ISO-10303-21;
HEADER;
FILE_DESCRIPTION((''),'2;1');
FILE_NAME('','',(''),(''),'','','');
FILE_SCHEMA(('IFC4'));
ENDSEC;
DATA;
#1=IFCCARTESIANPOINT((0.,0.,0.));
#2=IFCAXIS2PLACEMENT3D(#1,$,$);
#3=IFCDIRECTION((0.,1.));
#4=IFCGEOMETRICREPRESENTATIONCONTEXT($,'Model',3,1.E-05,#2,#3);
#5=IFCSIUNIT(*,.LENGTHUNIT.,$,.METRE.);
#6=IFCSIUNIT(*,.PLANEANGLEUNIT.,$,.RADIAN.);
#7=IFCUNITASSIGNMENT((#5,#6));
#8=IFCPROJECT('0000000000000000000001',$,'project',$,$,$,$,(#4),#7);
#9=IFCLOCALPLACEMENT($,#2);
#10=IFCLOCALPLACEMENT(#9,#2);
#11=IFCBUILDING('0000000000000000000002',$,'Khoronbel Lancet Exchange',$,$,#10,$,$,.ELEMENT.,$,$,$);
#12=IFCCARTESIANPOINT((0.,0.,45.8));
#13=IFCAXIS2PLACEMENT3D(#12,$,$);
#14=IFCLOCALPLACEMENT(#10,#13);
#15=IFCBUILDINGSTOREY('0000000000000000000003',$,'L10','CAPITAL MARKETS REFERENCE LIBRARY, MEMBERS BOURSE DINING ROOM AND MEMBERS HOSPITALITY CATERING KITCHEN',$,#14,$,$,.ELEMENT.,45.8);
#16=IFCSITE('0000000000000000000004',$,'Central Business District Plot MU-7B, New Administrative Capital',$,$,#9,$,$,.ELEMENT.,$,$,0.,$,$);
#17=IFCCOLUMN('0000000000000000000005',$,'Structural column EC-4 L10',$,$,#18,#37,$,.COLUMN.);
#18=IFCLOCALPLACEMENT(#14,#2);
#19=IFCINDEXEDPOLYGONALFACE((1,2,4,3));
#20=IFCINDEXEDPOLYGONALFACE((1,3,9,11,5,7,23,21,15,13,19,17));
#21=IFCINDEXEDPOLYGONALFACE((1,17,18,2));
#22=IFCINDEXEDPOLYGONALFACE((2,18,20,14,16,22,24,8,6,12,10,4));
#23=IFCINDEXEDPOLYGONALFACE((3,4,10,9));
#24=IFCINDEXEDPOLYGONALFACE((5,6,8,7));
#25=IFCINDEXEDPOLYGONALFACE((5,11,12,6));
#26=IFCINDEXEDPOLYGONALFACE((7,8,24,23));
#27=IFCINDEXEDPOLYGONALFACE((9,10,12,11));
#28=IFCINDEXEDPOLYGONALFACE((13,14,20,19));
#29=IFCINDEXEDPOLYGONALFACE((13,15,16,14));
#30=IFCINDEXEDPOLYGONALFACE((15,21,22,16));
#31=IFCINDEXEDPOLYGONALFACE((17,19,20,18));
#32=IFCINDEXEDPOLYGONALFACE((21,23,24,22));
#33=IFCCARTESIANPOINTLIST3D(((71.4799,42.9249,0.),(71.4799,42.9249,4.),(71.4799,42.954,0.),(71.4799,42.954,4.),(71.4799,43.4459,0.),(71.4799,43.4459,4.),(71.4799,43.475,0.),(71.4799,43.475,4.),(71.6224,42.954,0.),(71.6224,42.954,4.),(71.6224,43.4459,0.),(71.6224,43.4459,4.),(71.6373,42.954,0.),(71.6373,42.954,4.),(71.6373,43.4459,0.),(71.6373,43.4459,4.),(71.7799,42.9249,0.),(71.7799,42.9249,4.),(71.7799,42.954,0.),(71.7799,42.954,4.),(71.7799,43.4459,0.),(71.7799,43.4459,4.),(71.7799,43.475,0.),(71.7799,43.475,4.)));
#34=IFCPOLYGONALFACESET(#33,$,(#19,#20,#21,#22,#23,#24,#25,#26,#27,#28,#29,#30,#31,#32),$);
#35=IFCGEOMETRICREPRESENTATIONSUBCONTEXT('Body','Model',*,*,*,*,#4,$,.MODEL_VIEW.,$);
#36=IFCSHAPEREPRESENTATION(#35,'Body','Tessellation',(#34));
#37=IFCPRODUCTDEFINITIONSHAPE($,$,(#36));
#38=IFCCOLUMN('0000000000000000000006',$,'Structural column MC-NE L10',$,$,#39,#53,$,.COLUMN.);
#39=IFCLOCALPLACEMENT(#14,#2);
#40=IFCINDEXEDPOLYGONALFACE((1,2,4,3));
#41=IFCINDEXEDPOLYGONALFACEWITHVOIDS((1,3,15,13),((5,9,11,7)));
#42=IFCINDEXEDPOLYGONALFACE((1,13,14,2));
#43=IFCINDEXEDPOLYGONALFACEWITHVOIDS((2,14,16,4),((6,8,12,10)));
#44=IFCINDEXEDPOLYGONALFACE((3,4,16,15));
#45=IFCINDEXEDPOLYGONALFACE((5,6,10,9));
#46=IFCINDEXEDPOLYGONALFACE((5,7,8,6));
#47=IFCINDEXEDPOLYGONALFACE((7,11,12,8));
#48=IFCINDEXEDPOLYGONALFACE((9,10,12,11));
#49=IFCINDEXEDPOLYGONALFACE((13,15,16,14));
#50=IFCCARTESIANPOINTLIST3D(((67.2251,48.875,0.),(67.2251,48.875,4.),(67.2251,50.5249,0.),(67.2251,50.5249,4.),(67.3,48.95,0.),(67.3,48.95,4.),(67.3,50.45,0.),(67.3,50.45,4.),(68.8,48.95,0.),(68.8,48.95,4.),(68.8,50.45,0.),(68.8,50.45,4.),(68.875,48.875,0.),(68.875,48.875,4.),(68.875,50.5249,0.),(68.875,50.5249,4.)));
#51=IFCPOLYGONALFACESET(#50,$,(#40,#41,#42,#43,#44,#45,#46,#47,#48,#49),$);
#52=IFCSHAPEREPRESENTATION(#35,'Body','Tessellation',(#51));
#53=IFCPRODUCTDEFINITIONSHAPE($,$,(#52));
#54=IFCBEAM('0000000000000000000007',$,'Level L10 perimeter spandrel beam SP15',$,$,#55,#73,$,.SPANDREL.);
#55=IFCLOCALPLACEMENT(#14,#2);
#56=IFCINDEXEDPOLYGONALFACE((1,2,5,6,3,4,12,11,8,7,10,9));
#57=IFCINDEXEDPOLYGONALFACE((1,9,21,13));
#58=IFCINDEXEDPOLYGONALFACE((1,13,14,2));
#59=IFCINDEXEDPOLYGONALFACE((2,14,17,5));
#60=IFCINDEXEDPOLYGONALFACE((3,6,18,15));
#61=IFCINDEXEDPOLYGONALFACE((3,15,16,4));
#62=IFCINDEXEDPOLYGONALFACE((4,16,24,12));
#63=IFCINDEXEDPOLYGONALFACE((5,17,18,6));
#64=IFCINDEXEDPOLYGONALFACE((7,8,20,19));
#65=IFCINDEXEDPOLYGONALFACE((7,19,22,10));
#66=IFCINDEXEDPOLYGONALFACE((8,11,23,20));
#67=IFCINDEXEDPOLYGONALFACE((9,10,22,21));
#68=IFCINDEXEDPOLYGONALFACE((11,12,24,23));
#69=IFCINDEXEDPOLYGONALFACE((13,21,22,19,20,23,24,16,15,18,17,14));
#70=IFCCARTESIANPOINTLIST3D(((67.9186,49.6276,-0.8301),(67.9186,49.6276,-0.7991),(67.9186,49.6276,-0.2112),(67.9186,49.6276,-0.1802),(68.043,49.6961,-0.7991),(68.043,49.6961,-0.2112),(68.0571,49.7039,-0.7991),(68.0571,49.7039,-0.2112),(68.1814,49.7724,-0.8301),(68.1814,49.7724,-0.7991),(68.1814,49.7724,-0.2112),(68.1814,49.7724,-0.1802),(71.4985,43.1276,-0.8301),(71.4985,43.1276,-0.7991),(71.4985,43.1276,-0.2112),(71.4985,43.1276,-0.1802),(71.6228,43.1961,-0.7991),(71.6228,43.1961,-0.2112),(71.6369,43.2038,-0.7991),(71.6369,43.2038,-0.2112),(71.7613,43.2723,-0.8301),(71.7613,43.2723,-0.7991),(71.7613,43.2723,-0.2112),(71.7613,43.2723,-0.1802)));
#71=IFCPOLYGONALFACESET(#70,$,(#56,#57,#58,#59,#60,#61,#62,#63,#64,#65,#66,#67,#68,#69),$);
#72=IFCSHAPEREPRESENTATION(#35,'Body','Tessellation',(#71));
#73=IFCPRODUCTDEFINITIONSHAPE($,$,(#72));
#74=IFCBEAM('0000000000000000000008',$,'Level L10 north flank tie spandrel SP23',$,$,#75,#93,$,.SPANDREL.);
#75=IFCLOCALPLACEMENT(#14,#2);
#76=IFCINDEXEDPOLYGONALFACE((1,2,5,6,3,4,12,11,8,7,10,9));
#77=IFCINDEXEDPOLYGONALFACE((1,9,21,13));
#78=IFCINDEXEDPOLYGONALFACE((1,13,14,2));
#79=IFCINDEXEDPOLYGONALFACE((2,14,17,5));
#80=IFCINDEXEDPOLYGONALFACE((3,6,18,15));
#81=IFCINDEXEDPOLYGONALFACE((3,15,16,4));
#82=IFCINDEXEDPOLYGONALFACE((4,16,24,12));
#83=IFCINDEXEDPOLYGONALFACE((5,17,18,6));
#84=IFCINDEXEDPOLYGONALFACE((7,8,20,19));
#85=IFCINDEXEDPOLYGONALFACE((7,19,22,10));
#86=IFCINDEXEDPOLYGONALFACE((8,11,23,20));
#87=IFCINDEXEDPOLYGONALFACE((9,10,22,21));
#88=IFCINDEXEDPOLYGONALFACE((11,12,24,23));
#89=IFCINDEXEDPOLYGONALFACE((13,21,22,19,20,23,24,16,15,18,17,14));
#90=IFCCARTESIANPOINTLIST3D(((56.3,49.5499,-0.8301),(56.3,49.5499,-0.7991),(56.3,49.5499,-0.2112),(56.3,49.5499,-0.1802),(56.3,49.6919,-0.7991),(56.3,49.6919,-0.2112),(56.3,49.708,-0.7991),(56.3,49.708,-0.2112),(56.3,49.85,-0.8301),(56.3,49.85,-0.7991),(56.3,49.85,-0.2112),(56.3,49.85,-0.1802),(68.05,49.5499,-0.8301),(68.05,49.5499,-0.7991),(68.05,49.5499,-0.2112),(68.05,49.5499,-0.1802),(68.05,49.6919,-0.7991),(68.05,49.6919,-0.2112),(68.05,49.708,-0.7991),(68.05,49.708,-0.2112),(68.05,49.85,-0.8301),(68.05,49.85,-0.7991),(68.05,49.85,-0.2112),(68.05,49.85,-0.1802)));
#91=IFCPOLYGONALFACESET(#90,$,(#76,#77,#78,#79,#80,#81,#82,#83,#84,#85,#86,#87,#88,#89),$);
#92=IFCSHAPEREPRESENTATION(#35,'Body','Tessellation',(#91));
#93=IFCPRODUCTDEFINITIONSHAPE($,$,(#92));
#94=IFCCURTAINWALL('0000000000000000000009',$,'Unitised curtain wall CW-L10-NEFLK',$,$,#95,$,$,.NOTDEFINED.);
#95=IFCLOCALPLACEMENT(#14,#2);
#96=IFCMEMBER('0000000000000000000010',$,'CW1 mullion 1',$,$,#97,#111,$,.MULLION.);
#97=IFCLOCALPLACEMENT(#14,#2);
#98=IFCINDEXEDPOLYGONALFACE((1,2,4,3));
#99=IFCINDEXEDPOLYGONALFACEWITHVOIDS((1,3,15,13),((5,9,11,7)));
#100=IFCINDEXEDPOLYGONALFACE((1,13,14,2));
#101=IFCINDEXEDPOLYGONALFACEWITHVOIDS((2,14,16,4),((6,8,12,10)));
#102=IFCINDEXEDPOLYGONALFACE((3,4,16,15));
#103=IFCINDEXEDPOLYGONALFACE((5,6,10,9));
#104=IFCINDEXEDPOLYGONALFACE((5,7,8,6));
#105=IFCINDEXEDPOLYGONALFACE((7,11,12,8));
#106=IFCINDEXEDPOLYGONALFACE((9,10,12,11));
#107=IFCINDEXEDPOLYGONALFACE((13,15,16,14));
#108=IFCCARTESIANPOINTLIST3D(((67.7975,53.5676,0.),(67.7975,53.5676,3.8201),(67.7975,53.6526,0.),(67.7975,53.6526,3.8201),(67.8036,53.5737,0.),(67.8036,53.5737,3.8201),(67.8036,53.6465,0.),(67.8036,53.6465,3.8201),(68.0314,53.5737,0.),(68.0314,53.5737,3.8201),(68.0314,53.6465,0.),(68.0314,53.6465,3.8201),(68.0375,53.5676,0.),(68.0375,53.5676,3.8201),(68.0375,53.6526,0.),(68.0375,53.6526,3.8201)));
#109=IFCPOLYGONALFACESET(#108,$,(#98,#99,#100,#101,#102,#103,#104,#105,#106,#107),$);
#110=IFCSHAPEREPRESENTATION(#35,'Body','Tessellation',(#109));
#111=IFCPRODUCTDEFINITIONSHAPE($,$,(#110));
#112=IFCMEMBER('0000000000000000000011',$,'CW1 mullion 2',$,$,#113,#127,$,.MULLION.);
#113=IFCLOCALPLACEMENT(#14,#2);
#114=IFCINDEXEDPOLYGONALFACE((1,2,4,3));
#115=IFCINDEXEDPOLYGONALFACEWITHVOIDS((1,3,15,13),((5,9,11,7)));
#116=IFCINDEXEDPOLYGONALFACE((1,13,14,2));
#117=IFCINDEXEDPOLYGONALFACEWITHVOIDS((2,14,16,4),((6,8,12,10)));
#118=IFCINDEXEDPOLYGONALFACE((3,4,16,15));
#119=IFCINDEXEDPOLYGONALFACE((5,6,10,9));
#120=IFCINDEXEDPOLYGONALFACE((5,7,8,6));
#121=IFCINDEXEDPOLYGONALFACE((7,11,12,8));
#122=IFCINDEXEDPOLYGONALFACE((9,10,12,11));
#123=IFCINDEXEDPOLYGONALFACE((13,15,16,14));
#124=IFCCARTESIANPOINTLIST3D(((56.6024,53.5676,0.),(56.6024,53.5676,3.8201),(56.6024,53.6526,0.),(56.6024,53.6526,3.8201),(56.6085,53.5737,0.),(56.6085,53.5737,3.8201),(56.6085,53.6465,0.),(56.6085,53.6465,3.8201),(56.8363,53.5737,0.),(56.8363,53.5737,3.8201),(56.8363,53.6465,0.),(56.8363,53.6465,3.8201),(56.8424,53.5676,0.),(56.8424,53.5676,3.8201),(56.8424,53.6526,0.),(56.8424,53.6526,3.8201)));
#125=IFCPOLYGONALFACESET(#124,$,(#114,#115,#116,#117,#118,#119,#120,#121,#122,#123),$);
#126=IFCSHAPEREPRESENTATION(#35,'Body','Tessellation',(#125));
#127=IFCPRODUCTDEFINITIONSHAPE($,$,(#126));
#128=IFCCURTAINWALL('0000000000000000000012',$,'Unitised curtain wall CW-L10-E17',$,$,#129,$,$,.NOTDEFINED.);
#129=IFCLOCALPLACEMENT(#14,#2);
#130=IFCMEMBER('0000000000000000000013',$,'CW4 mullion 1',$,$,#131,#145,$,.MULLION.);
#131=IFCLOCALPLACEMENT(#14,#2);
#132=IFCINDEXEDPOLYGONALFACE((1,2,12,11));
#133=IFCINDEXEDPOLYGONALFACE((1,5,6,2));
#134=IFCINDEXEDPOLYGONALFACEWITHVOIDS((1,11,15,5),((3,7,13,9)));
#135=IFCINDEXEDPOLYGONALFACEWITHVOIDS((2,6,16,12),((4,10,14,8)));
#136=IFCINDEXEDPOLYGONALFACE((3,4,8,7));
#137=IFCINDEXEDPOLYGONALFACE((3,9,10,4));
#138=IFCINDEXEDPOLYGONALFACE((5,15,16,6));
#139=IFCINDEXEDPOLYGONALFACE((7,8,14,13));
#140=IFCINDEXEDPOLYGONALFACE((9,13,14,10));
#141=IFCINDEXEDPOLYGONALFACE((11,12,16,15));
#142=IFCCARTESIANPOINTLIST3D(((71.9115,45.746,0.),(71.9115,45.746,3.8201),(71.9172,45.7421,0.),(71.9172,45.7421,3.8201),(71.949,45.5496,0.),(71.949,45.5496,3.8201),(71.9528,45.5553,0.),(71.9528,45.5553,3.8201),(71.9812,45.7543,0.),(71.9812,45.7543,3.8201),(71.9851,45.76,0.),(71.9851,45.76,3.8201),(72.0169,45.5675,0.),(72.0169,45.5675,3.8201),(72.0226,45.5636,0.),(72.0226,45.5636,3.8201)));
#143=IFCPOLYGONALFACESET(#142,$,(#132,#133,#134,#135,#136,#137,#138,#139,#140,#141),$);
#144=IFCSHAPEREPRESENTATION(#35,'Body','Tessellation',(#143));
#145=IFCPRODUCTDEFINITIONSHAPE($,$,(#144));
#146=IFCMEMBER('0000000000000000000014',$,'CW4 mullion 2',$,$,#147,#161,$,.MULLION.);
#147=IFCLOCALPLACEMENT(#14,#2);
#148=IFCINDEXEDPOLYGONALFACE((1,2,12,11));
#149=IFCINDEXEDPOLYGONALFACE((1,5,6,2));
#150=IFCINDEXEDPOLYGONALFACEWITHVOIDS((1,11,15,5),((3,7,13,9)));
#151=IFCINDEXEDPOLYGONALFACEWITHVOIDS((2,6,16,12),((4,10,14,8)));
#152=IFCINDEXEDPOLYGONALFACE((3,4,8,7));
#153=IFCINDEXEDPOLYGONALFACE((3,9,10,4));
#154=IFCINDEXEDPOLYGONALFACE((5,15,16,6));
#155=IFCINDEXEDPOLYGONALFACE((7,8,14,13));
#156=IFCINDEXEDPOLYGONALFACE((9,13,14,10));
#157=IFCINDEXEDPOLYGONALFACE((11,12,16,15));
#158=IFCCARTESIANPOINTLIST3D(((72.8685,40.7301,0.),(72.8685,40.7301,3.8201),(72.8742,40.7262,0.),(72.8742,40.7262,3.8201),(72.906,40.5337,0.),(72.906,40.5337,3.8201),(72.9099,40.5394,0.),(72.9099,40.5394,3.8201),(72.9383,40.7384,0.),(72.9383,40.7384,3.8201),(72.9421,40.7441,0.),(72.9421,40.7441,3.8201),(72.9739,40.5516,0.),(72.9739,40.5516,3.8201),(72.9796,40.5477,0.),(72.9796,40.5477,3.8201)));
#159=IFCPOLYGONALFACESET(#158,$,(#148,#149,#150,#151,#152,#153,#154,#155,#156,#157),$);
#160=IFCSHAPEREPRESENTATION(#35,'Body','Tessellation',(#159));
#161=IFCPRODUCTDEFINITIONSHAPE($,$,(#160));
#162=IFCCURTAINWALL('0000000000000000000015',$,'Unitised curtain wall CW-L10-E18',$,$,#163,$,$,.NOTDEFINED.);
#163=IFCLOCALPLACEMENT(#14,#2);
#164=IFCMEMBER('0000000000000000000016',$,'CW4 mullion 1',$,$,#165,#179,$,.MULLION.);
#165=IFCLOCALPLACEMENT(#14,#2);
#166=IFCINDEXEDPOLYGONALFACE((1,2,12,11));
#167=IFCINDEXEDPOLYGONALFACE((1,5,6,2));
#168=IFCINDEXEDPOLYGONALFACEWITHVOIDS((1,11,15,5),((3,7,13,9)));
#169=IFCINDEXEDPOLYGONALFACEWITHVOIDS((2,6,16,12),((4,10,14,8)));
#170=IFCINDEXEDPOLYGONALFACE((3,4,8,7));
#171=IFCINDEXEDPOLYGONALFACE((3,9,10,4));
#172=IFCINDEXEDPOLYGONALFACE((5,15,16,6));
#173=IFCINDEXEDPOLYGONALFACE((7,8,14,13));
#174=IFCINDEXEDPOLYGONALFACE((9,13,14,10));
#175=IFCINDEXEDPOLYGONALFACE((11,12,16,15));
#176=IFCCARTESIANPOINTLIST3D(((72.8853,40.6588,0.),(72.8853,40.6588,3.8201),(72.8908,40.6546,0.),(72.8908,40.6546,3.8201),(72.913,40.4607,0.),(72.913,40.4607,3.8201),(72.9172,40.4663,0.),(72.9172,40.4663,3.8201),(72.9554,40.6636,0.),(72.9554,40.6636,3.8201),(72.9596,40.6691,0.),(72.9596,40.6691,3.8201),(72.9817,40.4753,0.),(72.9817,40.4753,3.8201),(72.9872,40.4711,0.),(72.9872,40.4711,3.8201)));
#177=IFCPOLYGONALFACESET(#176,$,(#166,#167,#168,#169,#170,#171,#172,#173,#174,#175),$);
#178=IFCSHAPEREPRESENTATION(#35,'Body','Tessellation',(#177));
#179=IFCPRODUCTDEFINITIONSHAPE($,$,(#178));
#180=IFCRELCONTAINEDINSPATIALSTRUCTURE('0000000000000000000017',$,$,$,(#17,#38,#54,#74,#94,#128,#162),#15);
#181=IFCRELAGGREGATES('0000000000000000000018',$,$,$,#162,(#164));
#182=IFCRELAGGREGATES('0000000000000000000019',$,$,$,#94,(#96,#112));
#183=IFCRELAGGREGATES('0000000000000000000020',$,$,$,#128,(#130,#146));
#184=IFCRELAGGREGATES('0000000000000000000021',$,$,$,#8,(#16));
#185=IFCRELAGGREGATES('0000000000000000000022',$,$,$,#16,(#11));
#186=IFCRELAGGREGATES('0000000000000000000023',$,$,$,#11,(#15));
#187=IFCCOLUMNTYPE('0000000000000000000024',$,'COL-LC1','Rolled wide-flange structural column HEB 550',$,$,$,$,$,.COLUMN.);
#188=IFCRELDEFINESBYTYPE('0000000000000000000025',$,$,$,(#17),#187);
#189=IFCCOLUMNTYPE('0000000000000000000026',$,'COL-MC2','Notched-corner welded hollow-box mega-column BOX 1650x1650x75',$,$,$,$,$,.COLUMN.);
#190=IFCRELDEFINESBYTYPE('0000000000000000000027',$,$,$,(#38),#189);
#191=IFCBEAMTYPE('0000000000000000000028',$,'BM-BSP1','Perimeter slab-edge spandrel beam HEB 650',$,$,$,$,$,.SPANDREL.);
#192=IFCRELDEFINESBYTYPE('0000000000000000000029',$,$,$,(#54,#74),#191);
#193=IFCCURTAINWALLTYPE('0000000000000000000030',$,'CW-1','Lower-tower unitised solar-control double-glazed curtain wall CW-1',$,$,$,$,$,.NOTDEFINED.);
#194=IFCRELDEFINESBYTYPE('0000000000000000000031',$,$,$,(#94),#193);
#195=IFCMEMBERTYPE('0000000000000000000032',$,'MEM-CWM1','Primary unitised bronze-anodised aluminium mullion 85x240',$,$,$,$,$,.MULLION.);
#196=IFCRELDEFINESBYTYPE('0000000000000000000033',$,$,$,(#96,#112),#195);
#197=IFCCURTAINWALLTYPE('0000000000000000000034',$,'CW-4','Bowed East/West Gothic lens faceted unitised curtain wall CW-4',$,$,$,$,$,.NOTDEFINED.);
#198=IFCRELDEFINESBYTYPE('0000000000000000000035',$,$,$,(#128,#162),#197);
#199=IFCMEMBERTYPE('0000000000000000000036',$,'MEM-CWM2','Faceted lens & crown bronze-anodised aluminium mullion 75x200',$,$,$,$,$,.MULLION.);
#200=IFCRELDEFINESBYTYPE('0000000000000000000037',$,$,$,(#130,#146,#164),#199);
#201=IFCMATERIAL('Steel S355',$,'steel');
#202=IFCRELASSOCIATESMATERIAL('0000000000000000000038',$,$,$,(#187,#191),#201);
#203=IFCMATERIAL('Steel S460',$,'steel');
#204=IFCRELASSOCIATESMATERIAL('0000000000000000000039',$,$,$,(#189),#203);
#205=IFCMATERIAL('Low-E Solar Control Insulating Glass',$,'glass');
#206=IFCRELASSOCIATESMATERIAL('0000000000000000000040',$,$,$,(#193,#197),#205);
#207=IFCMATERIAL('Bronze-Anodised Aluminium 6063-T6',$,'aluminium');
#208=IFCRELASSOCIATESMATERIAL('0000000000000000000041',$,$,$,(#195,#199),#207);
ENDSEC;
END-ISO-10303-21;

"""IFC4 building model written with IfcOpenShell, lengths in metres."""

from ifc_helpers import new_model, si_unit, direction, frame, origin, origin_2d, place, context, subcontext, project, spatial, hollow_rectangle, i_section, extrude, material, material_profile, profile_set, type_object, element, aggregate, save


model = new_model("IFC4")

# Units and contexts
model_context = context("Model", 3, precision=1e-05, world=origin(), true_north=direction((0.0, 1.0)))
body_context = subcontext(model_context, "Body", "Model", "MODEL_VIEW")
ifc_project = project(units=[si_unit("LENGTHUNIT", "METRE"), si_unit("PLANEANGLEUNIT", "RADIAN")], contexts=[model_context])

# Site, building, storey
site_placement = place(None, origin())
site = spatial("IfcSite", under=ifc_project, at=site_placement, Name="Central Business District Plot MU-7B, New Administrative Capital", CompositionType="ELEMENT", RefElevation=0.0)
building_placement = place(site_placement, origin())
building = spatial("IfcBuilding", under=site, at=building_placement, Name="Khoronbel Lancet Exchange", CompositionType="ELEMENT")
storey_placement = place(building_placement, frame((0.0, 0.0, 45.8)))
storey = spatial("IfcBuildingStorey", under=building, at=storey_placement, Name="L10", Description="CAPITAL MARKETS REFERENCE LIBRARY, MEMBERS BOURSE DINING ROOM AND MEMBERS HOSPITALITY CATERING KITCHEN", CompositionType="ELEMENT", Elevation=45.8)

# Columns
ifc_material_1 = material(Name="Steel S355", Category="steel")
ifc_material_profile_1 = material_profile(ifc_material_1, i_section(OverallWidth=0.3, OverallDepth=0.55, WebThickness=0.0149, FlangeThickness=0.0291, at=origin_2d()), Name="HEB 550")
ifc_profile_set_1 = profile_set([ifc_material_profile_1], Name="Steel S355")
column_type_1 = type_object("IfcColumnType", Name="COL-LC1", Description="Rolled wide-flange structural column HEB 550", PredefinedType="COLUMN", material=ifc_profile_set_1)
column_1_placement = place(storey_placement, frame((71.6299, 43.2, 0.0), z_axis=(0.0, 0.0, 1.0), x_axis=(1.0, 0.0, 0.0)))
element("IfcColumn", 1, at=column_1_placement, inside=storey, type_object=column_type_1, Name="Structural column EC-4 L10", PredefinedType="COLUMN", context=body_context, shape_type="SweptSolid", body=[
    extrude(i_section(OverallWidth=0.3, OverallDepth=0.55, WebThickness=0.0149, FlangeThickness=0.0291, at=origin_2d()), origin(), (0.0, 0.0, 1.0), 4.0),
])
ifc_material_2 = material(Name="Steel S460", Category="steel")
ifc_material_profile_2 = material_profile(ifc_material_2, hollow_rectangle(XDim=1.6499, YDim=1.6499, WallThickness=0.075, at=origin_2d()), Name="BOX 1650x1650x75")
ifc_profile_set_2 = profile_set([ifc_material_profile_2], Name="Steel S460")
column_type_2 = type_object("IfcColumnType", Name="COL-MC2", Description="Notched-corner welded hollow-box mega-column BOX 1650x1650x75", PredefinedType="COLUMN", material=ifc_profile_set_2)
column_2_placement = place(storey_placement, frame((68.05, 49.7, 0.0), z_axis=(0.0, 0.0, 1.0), x_axis=(1.0, 0.0, 0.0)))
element("IfcColumn", 2, at=column_2_placement, inside=storey, type_object=column_type_2, Name="Structural column MC-NE L10", PredefinedType="COLUMN", context=body_context, shape_type="SweptSolid", body=[
    extrude(hollow_rectangle(XDim=1.6499, YDim=1.6499, WallThickness=0.075, at=origin_2d()), origin(), (0.0, 0.0, 1.0), 4.0),
])

# Beams
ifc_material_profile_3 = material_profile(ifc_material_1, i_section(OverallWidth=0.3, OverallDepth=0.6499, WebThickness=0.0161, FlangeThickness=0.031, at=origin_2d()), Name="HEB 650")
ifc_profile_set_3 = profile_set([ifc_material_profile_3], Name="Steel S355")
beam_type = type_object("IfcBeamType", Name="BM-BSP1", Description="Perimeter slab-edge spandrel beam HEB 650", PredefinedType="SPANDREL", material=ifc_profile_set_3)
beam_1_placement = place(storey_placement, frame((71.6299, 43.2, -0.5051), z_axis=(-0.482419, 0.875941, 0.0), x_axis=(-0.875941, -0.482419, 0.0)))
element("IfcBeam", 3, at=beam_1_placement, inside=storey, type_object=beam_type, Name="Level L10 perimeter spandrel beam SP15", PredefinedType="SPANDREL", context=body_context, shape_type="SweptSolid", body=[
    extrude(i_section(OverallWidth=0.3, OverallDepth=0.6499, WebThickness=0.0161, FlangeThickness=0.031, at=origin_2d()), origin(), (0.0, 0.0, 1.0), 7.4207),
])
beam_2_placement = place(storey_placement, frame((68.05, 49.7, -0.5051), z_axis=(-1.0, 0.0, 0.0), x_axis=(0.0, -1.0, 0.0)))
element("IfcBeam", 4, at=beam_2_placement, inside=storey, type_object=beam_type, Name="Level L10 north flank tie spandrel SP23", PredefinedType="SPANDREL", context=body_context, shape_type="SweptSolid", body=[
    extrude(i_section(OverallWidth=0.3, OverallDepth=0.6499, WebThickness=0.0161, FlangeThickness=0.031, at=origin_2d()), origin(), (0.0, 0.0, 1.0), 11.75),
])

# Curtain walls, members
ifc_material_3 = material(Name="Low-E Solar Control Insulating Glass", Category="glass")
curtain_wall_type_1 = type_object("IfcCurtainWallType", Name="CW-1", Description="Lower-tower unitised solar-control double-glazed curtain wall CW-1", PredefinedType="NOTDEFINED", material=ifc_material_3)
curtain_wall_1_placement = place(storey_placement, origin())
curtain_wall_1 = element("IfcCurtainWall", 5, at=curtain_wall_1_placement, inside=storey, type_object=curtain_wall_type_1, Name="Unitised curtain wall CW-L10-NEFLK", PredefinedType="NOTDEFINED")
ifc_material_4 = material(Name="Bronze-Anodised Aluminium 6063-T6", Category="aluminium")
ifc_material_profile_4 = material_profile(ifc_material_4, hollow_rectangle(XDim=0.085, YDim=0.24, WallThickness=0.0061, at=origin_2d()), Name="ALU MULLION 85x240")
ifc_profile_set_4 = profile_set([ifc_material_profile_4], Name="Bronze-Anodised Aluminium 6063-T6")
member_type_1 = type_object("IfcMemberType", Name="MEM-CWM1", Description="Primary unitised bronze-anodised aluminium mullion 85x240", PredefinedType="MULLION", material=ifc_profile_set_4)
member_1_placement = place(storey_placement, frame((67.9175, 53.6101, 0.0), z_axis=(0.0, 0.0, 1.0), x_axis=(0.0, -1.0, 0.0)))
member_1 = element("IfcMember", 6, at=member_1_placement, type_object=member_type_1, Name="CW1 mullion 1", PredefinedType="MULLION", context=body_context, shape_type="SweptSolid", body=[
    extrude(hollow_rectangle(XDim=0.085, YDim=0.24, WallThickness=0.0061, at=origin_2d()), origin(), (0.0, 0.0, 1.0), 3.8201),
])
member_2_placement = place(storey_placement, frame((56.7224, 53.6101, 0.0), z_axis=(0.0, 0.0, 1.0), x_axis=(0.0, -1.0, 0.0)))
member_2 = element("IfcMember", 7, at=member_2_placement, type_object=member_type_1, Name="CW1 mullion 2", PredefinedType="MULLION", context=body_context, shape_type="SweptSolid", body=[
    extrude(hollow_rectangle(XDim=0.085, YDim=0.24, WallThickness=0.0061, at=origin_2d()), origin(), (0.0, 0.0, 1.0), 3.8201),
])
curtain_wall_type_2 = type_object("IfcCurtainWallType", Name="CW-4", Description="Bowed East/West Gothic lens faceted unitised curtain wall CW-4", PredefinedType="NOTDEFINED", material=ifc_material_3)
curtain_wall_2_placement = place(storey_placement, origin())
curtain_wall_2 = element("IfcCurtainWall", 8, at=curtain_wall_2_placement, inside=storey, type_object=curtain_wall_type_2, Name="Unitised curtain wall CW-L10-E17", PredefinedType="NOTDEFINED")
ifc_material_profile_5 = material_profile(ifc_material_4, hollow_rectangle(XDim=0.075, YDim=0.2, WallThickness=0.0049, at=origin_2d()), Name="ALU MULLION 75x200")
ifc_profile_set_5 = profile_set([ifc_material_profile_5], Name="Bronze-Anodised Aluminium 6063-T6")
member_type_2 = type_object("IfcMemberType", Name="MEM-CWM2", Description="Faceted lens & crown bronze-anodised aluminium mullion 75x200", PredefinedType="MULLION", material=ifc_profile_set_5)
member_3_placement = place(storey_placement, frame((71.967, 45.6548, 0.0), z_axis=(0.0, 0.0, 1.0), x_axis=(0.982279, 0.187423, 0.0)))
member_3 = element("IfcMember", 9, at=member_3_placement, type_object=member_type_2, Name="CW4 mullion 1", PredefinedType="MULLION", context=body_context, shape_type="SweptSolid", body=[
    extrude(hollow_rectangle(XDim=0.075, YDim=0.2, WallThickness=0.0049, at=origin_2d()), origin(), (0.0, 0.0, 1.0), 3.8201),
])
member_4_placement = place(storey_placement, frame((72.9241, 40.6389, 0.0), z_axis=(0.0, 0.0, 1.0), x_axis=(0.982279, 0.187423, 0.0)))
member_4 = element("IfcMember", 10, at=member_4_placement, type_object=member_type_2, Name="CW4 mullion 2", PredefinedType="MULLION", context=body_context, shape_type="SweptSolid", body=[
    extrude(hollow_rectangle(XDim=0.075, YDim=0.2, WallThickness=0.0049, at=origin_2d()), origin(), (0.0, 0.0, 1.0), 3.8201),
])

# Curtain wall, member
curtain_wall_3_placement = place(storey_placement, origin())
curtain_wall_3 = element("IfcCurtainWall", 11, at=curtain_wall_3_placement, inside=storey, type_object=curtain_wall_type_2, Name="Unitised curtain wall CW-L10-E18", PredefinedType="NOTDEFINED")
member_5_placement = place(storey_placement, frame((72.9363, 40.5649, 0.0), z_axis=(0.0, 0.0, 1.0), x_axis=(0.990385, 0.13834, 0.0)))
member_5 = element("IfcMember", 12, at=member_5_placement, type_object=member_type_2, Name="CW4 mullion 1", PredefinedType="MULLION", context=body_context, shape_type="SweptSolid", body=[
    extrude(hollow_rectangle(XDim=0.075, YDim=0.2, WallThickness=0.0049, at=origin_2d()), origin(), (0.0, 0.0, 1.0), 3.8201),
])

aggregate(curtain_wall_3, [member_5])
aggregate(curtain_wall_1, [member_1, member_2])
aggregate(curtain_wall_2, [member_3, member_4])

save(model, "model.ifc")
